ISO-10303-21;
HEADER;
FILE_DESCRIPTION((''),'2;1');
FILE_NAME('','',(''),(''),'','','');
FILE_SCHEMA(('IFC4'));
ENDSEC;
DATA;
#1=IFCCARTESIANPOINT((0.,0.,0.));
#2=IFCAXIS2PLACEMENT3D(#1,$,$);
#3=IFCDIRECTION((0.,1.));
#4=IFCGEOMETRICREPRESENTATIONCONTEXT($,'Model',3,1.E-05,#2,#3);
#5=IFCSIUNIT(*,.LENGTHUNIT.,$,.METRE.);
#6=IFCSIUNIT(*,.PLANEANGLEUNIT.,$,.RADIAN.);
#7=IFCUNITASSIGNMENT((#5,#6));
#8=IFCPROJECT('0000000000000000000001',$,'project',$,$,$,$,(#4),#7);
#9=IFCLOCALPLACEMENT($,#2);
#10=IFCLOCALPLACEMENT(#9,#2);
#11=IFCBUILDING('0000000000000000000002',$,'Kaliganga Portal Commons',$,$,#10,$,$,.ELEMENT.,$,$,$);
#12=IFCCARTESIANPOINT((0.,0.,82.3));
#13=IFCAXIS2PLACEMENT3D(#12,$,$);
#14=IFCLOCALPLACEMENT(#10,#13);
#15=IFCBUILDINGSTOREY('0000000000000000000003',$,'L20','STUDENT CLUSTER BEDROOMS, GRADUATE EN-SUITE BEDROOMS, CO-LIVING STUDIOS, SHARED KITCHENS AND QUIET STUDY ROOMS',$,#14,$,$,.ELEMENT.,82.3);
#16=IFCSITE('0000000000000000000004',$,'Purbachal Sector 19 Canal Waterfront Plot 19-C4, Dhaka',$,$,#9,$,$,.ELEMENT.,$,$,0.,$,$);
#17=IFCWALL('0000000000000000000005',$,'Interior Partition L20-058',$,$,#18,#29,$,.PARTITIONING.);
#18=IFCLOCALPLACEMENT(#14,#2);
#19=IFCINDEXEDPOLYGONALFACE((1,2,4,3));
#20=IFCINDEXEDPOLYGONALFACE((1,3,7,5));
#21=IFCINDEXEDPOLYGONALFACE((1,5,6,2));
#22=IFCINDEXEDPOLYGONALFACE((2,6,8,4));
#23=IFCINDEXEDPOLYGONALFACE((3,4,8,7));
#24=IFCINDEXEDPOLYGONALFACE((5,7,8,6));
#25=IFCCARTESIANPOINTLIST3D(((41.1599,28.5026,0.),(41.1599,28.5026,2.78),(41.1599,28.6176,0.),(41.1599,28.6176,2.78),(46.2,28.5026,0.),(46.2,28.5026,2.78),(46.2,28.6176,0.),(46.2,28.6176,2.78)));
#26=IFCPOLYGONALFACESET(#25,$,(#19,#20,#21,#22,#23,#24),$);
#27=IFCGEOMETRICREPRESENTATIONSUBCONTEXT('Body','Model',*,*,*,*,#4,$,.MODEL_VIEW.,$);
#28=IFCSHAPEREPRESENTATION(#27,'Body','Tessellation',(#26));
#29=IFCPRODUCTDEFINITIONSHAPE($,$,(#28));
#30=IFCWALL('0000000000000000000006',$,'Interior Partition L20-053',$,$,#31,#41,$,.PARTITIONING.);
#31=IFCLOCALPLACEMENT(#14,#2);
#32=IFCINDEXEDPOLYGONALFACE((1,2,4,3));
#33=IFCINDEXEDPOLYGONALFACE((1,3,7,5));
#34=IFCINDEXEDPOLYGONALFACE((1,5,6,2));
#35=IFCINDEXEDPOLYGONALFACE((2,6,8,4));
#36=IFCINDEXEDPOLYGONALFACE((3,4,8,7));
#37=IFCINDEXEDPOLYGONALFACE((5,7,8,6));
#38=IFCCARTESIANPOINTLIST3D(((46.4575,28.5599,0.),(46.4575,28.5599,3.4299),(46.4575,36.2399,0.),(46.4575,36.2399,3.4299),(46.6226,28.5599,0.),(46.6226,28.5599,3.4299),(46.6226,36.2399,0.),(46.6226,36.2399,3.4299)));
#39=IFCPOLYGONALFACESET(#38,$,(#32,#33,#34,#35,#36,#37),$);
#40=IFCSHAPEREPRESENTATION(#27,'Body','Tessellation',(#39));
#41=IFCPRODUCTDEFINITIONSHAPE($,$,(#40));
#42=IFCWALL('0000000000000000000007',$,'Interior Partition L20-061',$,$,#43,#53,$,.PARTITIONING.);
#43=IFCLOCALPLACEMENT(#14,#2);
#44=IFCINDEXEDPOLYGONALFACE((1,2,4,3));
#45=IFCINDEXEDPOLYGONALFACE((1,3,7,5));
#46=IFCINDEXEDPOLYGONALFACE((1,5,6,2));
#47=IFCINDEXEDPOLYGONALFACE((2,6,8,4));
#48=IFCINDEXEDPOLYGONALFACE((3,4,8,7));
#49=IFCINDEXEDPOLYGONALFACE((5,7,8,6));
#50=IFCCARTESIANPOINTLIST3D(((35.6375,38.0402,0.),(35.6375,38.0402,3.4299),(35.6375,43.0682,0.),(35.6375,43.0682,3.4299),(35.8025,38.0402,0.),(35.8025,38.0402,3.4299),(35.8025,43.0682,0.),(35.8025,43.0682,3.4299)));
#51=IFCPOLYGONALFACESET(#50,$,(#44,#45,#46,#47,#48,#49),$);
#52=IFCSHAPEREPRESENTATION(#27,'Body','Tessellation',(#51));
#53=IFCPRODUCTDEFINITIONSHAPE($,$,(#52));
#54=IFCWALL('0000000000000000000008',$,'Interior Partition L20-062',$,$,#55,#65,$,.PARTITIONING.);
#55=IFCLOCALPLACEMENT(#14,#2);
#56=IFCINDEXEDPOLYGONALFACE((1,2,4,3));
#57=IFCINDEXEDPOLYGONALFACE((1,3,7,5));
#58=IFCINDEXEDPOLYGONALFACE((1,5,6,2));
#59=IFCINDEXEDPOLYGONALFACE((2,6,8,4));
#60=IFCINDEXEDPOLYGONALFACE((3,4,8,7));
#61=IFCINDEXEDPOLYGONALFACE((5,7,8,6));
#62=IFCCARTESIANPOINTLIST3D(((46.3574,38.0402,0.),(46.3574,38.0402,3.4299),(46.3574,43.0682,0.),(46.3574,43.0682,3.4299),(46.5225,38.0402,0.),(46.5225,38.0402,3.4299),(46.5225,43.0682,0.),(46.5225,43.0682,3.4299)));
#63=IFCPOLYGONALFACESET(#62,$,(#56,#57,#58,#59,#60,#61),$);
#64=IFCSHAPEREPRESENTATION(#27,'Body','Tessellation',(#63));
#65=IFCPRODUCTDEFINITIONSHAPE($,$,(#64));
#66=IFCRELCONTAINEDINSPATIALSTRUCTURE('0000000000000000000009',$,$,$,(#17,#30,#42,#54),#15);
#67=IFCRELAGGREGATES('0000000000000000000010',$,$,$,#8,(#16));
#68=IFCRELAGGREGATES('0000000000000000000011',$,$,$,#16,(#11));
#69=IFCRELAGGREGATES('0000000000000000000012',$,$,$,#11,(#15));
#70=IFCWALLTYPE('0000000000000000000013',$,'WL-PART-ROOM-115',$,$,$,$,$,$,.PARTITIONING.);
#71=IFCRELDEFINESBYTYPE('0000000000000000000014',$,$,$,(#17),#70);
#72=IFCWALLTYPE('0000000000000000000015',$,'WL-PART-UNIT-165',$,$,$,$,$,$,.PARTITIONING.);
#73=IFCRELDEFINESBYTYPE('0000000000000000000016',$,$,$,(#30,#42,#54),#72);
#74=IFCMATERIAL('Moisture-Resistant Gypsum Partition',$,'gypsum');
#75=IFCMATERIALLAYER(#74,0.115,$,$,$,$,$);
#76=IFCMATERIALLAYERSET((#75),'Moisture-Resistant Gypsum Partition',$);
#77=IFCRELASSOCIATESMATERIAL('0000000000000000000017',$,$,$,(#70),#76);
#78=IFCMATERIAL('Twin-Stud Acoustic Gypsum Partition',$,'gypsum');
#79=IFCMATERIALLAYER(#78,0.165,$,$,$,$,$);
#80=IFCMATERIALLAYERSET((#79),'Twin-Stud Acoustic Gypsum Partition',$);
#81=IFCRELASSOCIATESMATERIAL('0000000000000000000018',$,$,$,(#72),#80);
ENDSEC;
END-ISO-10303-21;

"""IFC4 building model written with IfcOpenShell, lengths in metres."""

from ifc_helpers import new_model, si_unit, direction, frame, frame_2d, origin, place, context, subcontext, project, spatial, rectangle, extrude, material, layer, layer_set, type_object, element, save


model = new_model("IFC4")

# Units and contexts
model_context = context("Model", 3, precision=1e-05, world=origin(), true_north=direction((0.0, 1.0)))
body_context = subcontext(model_context, "Body", "Model", "MODEL_VIEW")
ifc_project = project(units=[si_unit("LENGTHUNIT", "METRE"), si_unit("PLANEANGLEUNIT", "RADIAN")], contexts=[model_context])

# Site, building, storey
site_placement = place(None, origin())
site = spatial("IfcSite", under=ifc_project, at=site_placement, Name="Purbachal Sector 19 Canal Waterfront Plot 19-C4, Dhaka", CompositionType="ELEMENT", RefElevation=0.0)
building_placement = place(site_placement, origin())
building = spatial("IfcBuilding", under=site, at=building_placement, Name="Kaliganga Portal Commons", CompositionType="ELEMENT")
storey_placement = place(building_placement, frame((0.0, 0.0, 82.3)))
storey = spatial("IfcBuildingStorey", under=building, at=storey_placement, Name="L20", Description="STUDENT CLUSTER BEDROOMS, GRADUATE EN-SUITE BEDROOMS, CO-LIVING STUDIOS, SHARED KITCHENS AND QUIET STUDY ROOMS", CompositionType="ELEMENT", Elevation=82.3)

# Walls
ifc_material_1 = material(Name="Moisture-Resistant Gypsum Partition", Category="gypsum")
ifc_layer_1 = layer(ifc_material_1, 0.115)
ifc_layer_set_1 = layer_set([ifc_layer_1], Name="Moisture-Resistant Gypsum Partition")
wall_type_1 = type_object("IfcWallType", Name="WL-PART-ROOM-115", PredefinedType="PARTITIONING", material=ifc_layer_set_1)
wall_1_placement = place(storey_placement, frame((41.1599, 28.5601, 0.0), z_axis=(0.0, 0.0, 1.0), x_axis=(1.0, 0.0, 0.0)))
element("IfcWall", 1, at=wall_1_placement, inside=storey, type_object=wall_type_1, Name="Interior Partition L20-058", PredefinedType="PARTITIONING", context=body_context, shape_type="SweptSolid", body=[
    extrude(rectangle(XDim=5.04, YDim=0.115, at=frame_2d((2.52, 0.0))), origin(), (0.0, 0.0, 1.0), 2.78),
])
ifc_material_2 = material(Name="Twin-Stud Acoustic Gypsum Partition", Category="gypsum")
ifc_layer_2 = layer(ifc_material_2, 0.165)
ifc_layer_set_2 = layer_set([ifc_layer_2], Name="Twin-Stud Acoustic Gypsum Partition")
wall_type_2 = type_object("IfcWallType", Name="WL-PART-UNIT-165", PredefinedType="PARTITIONING", material=ifc_layer_set_2)
wall_2_placement = place(storey_placement, frame((46.54, 28.5601, 0.0), z_axis=(0.0, 0.0, 1.0), x_axis=(0.0, 1.0, 0.0)))
element("IfcWall", 2, at=wall_2_placement, inside=storey, type_object=wall_type_2, Name="Interior Partition L20-053", PredefinedType="PARTITIONING", context=body_context, shape_type="SweptSolid", body=[
    extrude(rectangle(XDim=7.6799, YDim=0.165, at=frame_2d((3.8398, 0.0))), origin(), (0.0, 0.0, 1.0), 3.4299),
])
for number, where, z_axis, x_axis, name in (
    (3, (35.72, 38.04, 0.0), (0.0, 0.0, 1.0), (0.0, 1.0, 0.0), "Interior Partition L20-061"),
    (4, (46.4399, 38.04, 0.0), (0.0, 0.0, 1.0), (0.0, 1.0, 0.0), "Interior Partition L20-062"),
):
    element("IfcWall", number, at=place(storey_placement, frame(where, z_axis=z_axis, x_axis=x_axis)), inside=storey, type_object=wall_type_2, Name=name, PredefinedType="PARTITIONING", context=body_context, shape_type="SweptSolid", body=[
        extrude(rectangle(XDim=5.0281, YDim=0.165, at=frame_2d((2.5142, 0.0))), origin(), (0.0, 0.0, 1.0), 3.4299),
    ])

save(model, "model.ifc")
